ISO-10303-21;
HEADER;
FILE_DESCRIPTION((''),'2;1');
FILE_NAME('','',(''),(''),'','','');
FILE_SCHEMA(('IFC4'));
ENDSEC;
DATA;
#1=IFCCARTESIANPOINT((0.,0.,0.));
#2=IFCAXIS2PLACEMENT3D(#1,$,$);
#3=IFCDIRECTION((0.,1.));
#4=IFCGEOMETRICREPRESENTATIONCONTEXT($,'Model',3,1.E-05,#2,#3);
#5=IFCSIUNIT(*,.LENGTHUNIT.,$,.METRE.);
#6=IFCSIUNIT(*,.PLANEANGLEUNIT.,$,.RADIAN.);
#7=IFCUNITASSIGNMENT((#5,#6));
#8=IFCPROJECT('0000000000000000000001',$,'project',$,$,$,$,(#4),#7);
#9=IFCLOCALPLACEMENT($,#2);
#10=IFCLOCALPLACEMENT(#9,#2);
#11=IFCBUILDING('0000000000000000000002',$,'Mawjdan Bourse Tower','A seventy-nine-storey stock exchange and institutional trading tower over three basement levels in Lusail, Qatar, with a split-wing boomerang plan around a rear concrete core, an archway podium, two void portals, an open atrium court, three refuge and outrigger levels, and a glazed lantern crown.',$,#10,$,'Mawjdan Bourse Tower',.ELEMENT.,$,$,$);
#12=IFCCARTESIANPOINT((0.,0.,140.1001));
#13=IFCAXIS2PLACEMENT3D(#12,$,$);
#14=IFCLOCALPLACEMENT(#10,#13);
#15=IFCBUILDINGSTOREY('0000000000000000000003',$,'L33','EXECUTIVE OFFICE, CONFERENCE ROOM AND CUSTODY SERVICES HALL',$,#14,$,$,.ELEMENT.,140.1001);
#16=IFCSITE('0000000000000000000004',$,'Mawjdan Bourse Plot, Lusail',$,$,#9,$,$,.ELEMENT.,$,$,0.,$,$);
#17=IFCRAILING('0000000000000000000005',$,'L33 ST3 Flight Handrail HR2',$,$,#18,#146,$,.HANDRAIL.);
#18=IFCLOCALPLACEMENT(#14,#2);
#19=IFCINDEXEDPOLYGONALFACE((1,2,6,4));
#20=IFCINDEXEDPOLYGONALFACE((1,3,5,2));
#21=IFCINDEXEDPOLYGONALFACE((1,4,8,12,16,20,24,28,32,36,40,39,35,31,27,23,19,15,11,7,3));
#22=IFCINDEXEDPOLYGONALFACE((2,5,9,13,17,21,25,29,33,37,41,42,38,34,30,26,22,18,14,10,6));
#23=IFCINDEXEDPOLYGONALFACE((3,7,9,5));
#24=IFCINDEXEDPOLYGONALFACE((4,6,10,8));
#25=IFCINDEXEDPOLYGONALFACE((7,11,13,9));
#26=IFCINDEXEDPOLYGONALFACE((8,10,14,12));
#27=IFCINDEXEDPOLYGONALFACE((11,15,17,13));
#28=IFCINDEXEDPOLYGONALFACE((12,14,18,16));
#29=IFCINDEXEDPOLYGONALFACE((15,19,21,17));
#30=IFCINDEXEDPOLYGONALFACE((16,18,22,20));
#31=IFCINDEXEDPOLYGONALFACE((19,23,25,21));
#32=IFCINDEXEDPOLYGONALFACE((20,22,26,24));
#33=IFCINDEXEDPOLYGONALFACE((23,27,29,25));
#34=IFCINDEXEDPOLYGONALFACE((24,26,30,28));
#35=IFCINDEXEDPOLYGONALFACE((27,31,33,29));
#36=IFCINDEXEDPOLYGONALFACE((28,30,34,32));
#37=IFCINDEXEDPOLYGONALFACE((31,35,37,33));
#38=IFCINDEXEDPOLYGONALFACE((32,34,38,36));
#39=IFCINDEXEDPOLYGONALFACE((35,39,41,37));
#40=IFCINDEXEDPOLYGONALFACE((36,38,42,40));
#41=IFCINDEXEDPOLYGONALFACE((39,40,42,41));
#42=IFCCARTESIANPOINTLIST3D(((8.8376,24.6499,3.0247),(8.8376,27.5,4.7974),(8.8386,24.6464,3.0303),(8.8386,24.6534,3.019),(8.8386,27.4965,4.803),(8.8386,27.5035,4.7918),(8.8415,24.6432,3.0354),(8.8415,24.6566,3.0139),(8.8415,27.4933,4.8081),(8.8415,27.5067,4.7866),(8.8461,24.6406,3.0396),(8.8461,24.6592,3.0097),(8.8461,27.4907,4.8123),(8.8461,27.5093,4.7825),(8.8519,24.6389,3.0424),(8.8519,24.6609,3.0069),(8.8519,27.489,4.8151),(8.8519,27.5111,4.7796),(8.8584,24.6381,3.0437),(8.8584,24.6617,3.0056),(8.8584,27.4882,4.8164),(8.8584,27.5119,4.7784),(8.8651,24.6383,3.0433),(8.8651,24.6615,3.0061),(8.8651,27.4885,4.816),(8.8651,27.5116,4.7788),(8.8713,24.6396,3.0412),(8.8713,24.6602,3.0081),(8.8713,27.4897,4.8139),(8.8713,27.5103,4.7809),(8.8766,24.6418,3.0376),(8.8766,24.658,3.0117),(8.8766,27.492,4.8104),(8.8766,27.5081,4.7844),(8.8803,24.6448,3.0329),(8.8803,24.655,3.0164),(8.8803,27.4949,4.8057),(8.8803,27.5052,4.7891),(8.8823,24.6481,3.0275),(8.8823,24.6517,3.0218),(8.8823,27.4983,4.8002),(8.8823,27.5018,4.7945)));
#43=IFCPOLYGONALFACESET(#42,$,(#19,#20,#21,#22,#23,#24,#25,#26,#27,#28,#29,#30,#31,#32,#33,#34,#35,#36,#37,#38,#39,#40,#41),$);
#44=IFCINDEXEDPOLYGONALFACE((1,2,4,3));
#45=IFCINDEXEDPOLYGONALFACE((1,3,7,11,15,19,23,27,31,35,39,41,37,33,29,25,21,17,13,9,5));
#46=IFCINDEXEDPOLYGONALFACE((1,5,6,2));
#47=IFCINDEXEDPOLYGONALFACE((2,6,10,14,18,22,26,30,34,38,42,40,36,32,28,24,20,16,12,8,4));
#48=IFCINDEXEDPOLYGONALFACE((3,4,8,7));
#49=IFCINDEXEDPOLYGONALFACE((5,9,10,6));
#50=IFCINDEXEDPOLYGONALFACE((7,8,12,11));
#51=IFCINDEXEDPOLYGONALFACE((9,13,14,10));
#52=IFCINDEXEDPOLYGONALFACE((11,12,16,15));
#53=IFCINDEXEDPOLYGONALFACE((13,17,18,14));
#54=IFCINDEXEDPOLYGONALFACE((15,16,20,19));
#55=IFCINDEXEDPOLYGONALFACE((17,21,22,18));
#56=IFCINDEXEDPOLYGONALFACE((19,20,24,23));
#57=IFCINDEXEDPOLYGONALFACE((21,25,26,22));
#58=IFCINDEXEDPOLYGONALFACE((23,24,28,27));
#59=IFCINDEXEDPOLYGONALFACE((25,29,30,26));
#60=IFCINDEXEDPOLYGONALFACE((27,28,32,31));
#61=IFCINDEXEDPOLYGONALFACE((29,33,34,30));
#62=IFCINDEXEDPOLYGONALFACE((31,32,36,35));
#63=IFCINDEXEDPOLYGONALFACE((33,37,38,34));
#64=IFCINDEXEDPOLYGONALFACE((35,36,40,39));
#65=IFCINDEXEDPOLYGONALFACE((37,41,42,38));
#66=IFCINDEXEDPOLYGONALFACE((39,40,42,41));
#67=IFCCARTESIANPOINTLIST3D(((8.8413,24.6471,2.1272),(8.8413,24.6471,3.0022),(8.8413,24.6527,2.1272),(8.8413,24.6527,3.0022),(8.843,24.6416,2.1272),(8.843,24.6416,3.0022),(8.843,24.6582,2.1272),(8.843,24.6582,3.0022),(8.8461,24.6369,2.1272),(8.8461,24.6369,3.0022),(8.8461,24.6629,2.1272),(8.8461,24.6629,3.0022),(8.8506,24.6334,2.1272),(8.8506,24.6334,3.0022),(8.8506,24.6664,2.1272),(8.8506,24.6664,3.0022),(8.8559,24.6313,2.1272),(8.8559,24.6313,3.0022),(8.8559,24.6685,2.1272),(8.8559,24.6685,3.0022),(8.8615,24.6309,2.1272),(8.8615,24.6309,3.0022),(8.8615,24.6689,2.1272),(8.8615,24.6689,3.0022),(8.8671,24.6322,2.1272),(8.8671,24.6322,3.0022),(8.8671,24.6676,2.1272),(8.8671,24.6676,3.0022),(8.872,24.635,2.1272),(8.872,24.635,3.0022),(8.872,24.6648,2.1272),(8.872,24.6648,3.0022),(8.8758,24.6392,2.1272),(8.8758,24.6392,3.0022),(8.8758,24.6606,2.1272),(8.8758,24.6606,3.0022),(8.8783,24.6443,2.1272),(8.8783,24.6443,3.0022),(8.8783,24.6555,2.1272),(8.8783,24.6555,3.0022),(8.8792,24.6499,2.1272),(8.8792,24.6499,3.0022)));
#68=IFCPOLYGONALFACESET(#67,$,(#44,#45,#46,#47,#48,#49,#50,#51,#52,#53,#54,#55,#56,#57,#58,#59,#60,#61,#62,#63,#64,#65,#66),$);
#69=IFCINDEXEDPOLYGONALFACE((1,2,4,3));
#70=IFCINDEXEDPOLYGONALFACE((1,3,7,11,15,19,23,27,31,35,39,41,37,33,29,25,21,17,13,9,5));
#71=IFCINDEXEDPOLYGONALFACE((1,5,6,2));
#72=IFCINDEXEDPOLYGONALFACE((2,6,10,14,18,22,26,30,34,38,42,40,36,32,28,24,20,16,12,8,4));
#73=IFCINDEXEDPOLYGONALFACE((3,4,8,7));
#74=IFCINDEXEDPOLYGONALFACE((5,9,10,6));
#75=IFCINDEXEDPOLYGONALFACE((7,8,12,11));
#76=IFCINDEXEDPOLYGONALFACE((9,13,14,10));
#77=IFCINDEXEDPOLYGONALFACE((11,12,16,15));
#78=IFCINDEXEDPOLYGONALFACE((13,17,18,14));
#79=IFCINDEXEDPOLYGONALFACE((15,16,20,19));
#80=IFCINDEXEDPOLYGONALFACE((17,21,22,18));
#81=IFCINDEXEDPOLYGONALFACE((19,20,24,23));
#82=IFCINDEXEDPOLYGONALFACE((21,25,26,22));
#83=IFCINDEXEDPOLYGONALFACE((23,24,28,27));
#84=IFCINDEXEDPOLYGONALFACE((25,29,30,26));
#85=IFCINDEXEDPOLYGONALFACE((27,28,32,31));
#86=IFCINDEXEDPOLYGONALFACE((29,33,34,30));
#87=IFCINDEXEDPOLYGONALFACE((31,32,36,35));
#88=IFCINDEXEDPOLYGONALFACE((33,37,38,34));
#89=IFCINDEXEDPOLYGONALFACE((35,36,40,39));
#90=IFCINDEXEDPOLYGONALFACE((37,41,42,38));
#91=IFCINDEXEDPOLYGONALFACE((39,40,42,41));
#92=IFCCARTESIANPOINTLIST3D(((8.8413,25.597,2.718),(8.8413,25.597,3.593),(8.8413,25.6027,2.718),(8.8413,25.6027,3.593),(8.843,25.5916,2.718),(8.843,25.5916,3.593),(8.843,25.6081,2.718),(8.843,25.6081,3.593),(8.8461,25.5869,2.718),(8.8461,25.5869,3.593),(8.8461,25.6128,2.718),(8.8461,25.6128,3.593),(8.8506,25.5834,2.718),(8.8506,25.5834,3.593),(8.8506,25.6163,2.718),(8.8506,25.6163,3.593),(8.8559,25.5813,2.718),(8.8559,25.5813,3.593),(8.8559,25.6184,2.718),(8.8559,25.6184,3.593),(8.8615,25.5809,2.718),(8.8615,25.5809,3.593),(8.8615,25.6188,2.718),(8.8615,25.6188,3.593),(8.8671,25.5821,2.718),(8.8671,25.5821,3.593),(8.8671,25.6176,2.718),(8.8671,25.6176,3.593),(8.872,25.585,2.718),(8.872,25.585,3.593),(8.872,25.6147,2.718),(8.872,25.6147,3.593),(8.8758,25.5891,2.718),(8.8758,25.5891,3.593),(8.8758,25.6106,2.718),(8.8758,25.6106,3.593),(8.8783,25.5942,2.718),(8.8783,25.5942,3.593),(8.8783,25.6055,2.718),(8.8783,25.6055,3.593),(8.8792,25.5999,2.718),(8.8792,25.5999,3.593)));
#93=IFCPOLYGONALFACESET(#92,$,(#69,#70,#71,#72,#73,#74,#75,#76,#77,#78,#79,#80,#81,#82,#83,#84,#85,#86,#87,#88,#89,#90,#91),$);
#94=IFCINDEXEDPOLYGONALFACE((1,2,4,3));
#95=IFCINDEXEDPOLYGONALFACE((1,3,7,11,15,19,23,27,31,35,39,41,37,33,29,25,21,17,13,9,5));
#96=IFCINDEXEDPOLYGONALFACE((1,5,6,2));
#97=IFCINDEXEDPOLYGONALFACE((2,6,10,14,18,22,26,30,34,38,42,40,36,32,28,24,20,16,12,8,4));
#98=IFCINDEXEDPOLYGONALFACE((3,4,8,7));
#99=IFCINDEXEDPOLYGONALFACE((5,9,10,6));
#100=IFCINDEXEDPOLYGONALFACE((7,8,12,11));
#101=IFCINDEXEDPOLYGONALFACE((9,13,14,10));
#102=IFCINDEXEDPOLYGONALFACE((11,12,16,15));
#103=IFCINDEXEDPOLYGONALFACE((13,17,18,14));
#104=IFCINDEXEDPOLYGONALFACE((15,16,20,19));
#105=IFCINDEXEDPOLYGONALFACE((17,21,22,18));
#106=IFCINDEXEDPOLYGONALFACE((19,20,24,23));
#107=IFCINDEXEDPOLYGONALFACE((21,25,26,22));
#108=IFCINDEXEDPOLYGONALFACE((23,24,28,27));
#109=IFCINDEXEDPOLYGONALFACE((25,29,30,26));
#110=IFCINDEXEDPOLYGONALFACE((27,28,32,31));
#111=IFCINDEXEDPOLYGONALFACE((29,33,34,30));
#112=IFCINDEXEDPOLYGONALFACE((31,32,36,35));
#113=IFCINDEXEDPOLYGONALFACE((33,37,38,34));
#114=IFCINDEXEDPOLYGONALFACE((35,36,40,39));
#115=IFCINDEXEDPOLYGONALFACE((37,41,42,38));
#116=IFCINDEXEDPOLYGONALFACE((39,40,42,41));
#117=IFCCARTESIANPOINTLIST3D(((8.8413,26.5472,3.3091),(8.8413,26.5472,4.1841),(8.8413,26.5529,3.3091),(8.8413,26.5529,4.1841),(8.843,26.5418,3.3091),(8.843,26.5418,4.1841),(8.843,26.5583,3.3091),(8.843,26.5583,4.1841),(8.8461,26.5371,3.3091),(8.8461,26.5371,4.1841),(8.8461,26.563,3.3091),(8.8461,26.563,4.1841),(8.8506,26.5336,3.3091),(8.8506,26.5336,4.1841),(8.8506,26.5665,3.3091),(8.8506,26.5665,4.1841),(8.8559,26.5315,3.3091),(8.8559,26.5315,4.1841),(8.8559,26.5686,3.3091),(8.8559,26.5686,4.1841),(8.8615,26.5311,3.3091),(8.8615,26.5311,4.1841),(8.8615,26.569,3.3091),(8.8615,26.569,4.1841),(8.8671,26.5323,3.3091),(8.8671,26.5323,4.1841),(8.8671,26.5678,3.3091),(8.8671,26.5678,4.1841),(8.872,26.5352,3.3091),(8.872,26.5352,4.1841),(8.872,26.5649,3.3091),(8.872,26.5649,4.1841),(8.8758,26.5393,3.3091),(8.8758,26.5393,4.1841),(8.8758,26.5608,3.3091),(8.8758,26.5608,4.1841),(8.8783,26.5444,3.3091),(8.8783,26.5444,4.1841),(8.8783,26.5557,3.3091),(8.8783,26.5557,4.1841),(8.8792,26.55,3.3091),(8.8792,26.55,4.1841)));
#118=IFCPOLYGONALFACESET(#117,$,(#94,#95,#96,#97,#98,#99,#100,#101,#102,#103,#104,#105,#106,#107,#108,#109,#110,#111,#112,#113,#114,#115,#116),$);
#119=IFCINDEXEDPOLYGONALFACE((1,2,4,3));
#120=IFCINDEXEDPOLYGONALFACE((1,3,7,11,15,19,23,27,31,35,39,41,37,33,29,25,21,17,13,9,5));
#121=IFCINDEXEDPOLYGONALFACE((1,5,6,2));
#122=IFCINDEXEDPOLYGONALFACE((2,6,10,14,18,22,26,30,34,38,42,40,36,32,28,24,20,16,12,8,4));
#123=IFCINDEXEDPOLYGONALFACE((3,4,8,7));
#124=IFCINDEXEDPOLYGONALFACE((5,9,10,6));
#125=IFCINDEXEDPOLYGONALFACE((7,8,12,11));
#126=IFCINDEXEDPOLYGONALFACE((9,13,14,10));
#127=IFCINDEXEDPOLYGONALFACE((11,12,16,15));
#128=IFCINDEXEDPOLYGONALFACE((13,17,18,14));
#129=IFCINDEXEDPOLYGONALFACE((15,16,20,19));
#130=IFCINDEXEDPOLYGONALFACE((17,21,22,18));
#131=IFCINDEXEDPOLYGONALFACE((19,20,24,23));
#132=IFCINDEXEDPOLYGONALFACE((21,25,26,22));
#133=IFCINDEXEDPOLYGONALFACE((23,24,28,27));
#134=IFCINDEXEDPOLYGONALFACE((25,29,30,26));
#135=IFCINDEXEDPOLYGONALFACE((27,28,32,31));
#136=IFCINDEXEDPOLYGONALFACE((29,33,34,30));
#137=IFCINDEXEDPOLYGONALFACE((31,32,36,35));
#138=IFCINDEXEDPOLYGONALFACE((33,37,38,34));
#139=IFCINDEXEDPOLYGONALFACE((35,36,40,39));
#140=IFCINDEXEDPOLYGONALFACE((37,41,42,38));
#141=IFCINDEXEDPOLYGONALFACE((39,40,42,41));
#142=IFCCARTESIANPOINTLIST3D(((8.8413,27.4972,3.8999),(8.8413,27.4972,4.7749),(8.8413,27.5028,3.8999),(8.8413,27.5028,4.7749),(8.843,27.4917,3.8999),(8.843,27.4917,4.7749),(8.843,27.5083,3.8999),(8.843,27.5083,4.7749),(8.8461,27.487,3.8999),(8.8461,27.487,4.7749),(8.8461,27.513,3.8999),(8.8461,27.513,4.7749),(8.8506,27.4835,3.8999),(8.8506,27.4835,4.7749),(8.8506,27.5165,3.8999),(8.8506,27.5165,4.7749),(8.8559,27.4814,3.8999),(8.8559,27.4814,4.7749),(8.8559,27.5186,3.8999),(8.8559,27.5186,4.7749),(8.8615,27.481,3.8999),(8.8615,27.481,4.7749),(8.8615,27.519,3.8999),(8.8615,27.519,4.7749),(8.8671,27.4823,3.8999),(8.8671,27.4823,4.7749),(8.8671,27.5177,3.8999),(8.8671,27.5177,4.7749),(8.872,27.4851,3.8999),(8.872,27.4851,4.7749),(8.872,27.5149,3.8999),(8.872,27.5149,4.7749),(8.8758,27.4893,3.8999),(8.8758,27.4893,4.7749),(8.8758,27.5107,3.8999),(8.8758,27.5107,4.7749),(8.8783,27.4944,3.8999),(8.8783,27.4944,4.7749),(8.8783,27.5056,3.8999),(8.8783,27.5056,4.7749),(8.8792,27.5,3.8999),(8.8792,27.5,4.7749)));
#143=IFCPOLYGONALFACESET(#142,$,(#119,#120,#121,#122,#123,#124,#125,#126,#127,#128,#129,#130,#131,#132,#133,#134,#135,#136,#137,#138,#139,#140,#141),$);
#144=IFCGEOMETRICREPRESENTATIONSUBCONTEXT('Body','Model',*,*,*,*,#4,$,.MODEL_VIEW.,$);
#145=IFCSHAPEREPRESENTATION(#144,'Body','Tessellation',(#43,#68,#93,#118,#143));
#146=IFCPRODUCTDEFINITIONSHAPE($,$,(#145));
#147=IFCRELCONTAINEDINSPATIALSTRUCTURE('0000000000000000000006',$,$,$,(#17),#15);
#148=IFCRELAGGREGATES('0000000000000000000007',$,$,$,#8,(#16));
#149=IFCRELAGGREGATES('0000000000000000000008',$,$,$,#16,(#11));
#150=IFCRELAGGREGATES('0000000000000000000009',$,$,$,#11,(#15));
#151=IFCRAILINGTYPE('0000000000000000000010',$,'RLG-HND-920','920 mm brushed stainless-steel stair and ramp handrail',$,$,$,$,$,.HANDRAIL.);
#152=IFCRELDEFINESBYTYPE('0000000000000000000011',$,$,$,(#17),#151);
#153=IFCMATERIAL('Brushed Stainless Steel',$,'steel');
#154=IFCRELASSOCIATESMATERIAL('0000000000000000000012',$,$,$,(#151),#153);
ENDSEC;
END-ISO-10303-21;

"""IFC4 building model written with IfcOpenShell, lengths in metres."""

from ifc_helpers import new_model, si_unit, direction, frame, origin, origin_2d, place, context, subcontext, project, spatial, circle, extrude, material, type_object, element, save


model = new_model("IFC4")

# Units and contexts
model_context = context("Model", 3, precision=1e-05, world=origin(), true_north=direction((0.0, 1.0)))
body_context = subcontext(model_context, "Body", "Model", "MODEL_VIEW")
ifc_project = project(units=[si_unit("LENGTHUNIT", "METRE"), si_unit("PLANEANGLEUNIT", "RADIAN")], contexts=[model_context])

# Site, building, storey
site_placement = place(None, origin())
site = spatial("IfcSite", under=ifc_project, at=site_placement, Name="Mawjdan Bourse Plot, Lusail", CompositionType="ELEMENT", RefElevation=0.0)
building_placement = place(site_placement, origin())
building = spatial("IfcBuilding", under=site, at=building_placement, Name="Mawjdan Bourse Tower", Description="A seventy-nine-storey stock exchange and institutional trading tower over three basement levels in Lusail, Qatar, with a split-wing boomerang plan around a rear concrete core, an archway podium, two void portals, an open atrium court, three refuge and outrigger levels, and a glazed lantern crown.", LongName="Mawjdan Bourse Tower", CompositionType="ELEMENT")
storey_placement = place(building_placement, frame((0.0, 0.0, 140.1001)))
storey = spatial("IfcBuildingStorey", under=building, at=storey_placement, Name="L33", Description="EXECUTIVE OFFICE, CONFERENCE ROOM AND CUSTODY SERVICES HALL", CompositionType="ELEMENT", Elevation=140.1001)

# Railing
ifc_material_1 = material(Name="Brushed Stainless Steel", Category="steel")
railing_type_1 = type_object("IfcRailingType", Name="RLG-HND-920", Description="920 mm brushed stainless-steel stair and ramp handrail", PredefinedType="HANDRAIL", material=ifc_material_1)
railing_1_placement = place(storey_placement, frame((8.8601, 24.6499, 2.1272)))
element("IfcRailing", 1, at=railing_1_placement, inside=storey, type_object=railing_type_1, Name="L33 ST3 Flight Handrail HR2", PredefinedType="HANDRAIL", context=body_context, shape_type="SweptSolid", body=[
    extrude(circle(Radius=0.0225, at=origin_2d()), frame((0.0, 0.0, 0.8975), z_axis=(0.0, 0.849149, 0.528154), x_axis=(-1.0, 0.0, 0.0)), (0.0, 0.0, 1.0), 3.3564),
    extrude(circle(Radius=0.019, at=origin_2d()), origin(), (0.0, 0.0, 1.0), 0.875),
    extrude(circle(Radius=0.019, at=origin_2d()), frame((0.0, 0.95, 0.5908)), (0.0, 0.0, 1.0), 0.875),
    extrude(circle(Radius=0.019, at=origin_2d()), frame((0.0, 1.9001, 1.1819)), (0.0, 0.0, 1.0), 0.875),
    extrude(circle(Radius=0.019, at=origin_2d()), frame((0.0, 2.8501, 1.7727)), (0.0, 0.0, 1.0), 0.875),
])

save(model, "model.ifc")
